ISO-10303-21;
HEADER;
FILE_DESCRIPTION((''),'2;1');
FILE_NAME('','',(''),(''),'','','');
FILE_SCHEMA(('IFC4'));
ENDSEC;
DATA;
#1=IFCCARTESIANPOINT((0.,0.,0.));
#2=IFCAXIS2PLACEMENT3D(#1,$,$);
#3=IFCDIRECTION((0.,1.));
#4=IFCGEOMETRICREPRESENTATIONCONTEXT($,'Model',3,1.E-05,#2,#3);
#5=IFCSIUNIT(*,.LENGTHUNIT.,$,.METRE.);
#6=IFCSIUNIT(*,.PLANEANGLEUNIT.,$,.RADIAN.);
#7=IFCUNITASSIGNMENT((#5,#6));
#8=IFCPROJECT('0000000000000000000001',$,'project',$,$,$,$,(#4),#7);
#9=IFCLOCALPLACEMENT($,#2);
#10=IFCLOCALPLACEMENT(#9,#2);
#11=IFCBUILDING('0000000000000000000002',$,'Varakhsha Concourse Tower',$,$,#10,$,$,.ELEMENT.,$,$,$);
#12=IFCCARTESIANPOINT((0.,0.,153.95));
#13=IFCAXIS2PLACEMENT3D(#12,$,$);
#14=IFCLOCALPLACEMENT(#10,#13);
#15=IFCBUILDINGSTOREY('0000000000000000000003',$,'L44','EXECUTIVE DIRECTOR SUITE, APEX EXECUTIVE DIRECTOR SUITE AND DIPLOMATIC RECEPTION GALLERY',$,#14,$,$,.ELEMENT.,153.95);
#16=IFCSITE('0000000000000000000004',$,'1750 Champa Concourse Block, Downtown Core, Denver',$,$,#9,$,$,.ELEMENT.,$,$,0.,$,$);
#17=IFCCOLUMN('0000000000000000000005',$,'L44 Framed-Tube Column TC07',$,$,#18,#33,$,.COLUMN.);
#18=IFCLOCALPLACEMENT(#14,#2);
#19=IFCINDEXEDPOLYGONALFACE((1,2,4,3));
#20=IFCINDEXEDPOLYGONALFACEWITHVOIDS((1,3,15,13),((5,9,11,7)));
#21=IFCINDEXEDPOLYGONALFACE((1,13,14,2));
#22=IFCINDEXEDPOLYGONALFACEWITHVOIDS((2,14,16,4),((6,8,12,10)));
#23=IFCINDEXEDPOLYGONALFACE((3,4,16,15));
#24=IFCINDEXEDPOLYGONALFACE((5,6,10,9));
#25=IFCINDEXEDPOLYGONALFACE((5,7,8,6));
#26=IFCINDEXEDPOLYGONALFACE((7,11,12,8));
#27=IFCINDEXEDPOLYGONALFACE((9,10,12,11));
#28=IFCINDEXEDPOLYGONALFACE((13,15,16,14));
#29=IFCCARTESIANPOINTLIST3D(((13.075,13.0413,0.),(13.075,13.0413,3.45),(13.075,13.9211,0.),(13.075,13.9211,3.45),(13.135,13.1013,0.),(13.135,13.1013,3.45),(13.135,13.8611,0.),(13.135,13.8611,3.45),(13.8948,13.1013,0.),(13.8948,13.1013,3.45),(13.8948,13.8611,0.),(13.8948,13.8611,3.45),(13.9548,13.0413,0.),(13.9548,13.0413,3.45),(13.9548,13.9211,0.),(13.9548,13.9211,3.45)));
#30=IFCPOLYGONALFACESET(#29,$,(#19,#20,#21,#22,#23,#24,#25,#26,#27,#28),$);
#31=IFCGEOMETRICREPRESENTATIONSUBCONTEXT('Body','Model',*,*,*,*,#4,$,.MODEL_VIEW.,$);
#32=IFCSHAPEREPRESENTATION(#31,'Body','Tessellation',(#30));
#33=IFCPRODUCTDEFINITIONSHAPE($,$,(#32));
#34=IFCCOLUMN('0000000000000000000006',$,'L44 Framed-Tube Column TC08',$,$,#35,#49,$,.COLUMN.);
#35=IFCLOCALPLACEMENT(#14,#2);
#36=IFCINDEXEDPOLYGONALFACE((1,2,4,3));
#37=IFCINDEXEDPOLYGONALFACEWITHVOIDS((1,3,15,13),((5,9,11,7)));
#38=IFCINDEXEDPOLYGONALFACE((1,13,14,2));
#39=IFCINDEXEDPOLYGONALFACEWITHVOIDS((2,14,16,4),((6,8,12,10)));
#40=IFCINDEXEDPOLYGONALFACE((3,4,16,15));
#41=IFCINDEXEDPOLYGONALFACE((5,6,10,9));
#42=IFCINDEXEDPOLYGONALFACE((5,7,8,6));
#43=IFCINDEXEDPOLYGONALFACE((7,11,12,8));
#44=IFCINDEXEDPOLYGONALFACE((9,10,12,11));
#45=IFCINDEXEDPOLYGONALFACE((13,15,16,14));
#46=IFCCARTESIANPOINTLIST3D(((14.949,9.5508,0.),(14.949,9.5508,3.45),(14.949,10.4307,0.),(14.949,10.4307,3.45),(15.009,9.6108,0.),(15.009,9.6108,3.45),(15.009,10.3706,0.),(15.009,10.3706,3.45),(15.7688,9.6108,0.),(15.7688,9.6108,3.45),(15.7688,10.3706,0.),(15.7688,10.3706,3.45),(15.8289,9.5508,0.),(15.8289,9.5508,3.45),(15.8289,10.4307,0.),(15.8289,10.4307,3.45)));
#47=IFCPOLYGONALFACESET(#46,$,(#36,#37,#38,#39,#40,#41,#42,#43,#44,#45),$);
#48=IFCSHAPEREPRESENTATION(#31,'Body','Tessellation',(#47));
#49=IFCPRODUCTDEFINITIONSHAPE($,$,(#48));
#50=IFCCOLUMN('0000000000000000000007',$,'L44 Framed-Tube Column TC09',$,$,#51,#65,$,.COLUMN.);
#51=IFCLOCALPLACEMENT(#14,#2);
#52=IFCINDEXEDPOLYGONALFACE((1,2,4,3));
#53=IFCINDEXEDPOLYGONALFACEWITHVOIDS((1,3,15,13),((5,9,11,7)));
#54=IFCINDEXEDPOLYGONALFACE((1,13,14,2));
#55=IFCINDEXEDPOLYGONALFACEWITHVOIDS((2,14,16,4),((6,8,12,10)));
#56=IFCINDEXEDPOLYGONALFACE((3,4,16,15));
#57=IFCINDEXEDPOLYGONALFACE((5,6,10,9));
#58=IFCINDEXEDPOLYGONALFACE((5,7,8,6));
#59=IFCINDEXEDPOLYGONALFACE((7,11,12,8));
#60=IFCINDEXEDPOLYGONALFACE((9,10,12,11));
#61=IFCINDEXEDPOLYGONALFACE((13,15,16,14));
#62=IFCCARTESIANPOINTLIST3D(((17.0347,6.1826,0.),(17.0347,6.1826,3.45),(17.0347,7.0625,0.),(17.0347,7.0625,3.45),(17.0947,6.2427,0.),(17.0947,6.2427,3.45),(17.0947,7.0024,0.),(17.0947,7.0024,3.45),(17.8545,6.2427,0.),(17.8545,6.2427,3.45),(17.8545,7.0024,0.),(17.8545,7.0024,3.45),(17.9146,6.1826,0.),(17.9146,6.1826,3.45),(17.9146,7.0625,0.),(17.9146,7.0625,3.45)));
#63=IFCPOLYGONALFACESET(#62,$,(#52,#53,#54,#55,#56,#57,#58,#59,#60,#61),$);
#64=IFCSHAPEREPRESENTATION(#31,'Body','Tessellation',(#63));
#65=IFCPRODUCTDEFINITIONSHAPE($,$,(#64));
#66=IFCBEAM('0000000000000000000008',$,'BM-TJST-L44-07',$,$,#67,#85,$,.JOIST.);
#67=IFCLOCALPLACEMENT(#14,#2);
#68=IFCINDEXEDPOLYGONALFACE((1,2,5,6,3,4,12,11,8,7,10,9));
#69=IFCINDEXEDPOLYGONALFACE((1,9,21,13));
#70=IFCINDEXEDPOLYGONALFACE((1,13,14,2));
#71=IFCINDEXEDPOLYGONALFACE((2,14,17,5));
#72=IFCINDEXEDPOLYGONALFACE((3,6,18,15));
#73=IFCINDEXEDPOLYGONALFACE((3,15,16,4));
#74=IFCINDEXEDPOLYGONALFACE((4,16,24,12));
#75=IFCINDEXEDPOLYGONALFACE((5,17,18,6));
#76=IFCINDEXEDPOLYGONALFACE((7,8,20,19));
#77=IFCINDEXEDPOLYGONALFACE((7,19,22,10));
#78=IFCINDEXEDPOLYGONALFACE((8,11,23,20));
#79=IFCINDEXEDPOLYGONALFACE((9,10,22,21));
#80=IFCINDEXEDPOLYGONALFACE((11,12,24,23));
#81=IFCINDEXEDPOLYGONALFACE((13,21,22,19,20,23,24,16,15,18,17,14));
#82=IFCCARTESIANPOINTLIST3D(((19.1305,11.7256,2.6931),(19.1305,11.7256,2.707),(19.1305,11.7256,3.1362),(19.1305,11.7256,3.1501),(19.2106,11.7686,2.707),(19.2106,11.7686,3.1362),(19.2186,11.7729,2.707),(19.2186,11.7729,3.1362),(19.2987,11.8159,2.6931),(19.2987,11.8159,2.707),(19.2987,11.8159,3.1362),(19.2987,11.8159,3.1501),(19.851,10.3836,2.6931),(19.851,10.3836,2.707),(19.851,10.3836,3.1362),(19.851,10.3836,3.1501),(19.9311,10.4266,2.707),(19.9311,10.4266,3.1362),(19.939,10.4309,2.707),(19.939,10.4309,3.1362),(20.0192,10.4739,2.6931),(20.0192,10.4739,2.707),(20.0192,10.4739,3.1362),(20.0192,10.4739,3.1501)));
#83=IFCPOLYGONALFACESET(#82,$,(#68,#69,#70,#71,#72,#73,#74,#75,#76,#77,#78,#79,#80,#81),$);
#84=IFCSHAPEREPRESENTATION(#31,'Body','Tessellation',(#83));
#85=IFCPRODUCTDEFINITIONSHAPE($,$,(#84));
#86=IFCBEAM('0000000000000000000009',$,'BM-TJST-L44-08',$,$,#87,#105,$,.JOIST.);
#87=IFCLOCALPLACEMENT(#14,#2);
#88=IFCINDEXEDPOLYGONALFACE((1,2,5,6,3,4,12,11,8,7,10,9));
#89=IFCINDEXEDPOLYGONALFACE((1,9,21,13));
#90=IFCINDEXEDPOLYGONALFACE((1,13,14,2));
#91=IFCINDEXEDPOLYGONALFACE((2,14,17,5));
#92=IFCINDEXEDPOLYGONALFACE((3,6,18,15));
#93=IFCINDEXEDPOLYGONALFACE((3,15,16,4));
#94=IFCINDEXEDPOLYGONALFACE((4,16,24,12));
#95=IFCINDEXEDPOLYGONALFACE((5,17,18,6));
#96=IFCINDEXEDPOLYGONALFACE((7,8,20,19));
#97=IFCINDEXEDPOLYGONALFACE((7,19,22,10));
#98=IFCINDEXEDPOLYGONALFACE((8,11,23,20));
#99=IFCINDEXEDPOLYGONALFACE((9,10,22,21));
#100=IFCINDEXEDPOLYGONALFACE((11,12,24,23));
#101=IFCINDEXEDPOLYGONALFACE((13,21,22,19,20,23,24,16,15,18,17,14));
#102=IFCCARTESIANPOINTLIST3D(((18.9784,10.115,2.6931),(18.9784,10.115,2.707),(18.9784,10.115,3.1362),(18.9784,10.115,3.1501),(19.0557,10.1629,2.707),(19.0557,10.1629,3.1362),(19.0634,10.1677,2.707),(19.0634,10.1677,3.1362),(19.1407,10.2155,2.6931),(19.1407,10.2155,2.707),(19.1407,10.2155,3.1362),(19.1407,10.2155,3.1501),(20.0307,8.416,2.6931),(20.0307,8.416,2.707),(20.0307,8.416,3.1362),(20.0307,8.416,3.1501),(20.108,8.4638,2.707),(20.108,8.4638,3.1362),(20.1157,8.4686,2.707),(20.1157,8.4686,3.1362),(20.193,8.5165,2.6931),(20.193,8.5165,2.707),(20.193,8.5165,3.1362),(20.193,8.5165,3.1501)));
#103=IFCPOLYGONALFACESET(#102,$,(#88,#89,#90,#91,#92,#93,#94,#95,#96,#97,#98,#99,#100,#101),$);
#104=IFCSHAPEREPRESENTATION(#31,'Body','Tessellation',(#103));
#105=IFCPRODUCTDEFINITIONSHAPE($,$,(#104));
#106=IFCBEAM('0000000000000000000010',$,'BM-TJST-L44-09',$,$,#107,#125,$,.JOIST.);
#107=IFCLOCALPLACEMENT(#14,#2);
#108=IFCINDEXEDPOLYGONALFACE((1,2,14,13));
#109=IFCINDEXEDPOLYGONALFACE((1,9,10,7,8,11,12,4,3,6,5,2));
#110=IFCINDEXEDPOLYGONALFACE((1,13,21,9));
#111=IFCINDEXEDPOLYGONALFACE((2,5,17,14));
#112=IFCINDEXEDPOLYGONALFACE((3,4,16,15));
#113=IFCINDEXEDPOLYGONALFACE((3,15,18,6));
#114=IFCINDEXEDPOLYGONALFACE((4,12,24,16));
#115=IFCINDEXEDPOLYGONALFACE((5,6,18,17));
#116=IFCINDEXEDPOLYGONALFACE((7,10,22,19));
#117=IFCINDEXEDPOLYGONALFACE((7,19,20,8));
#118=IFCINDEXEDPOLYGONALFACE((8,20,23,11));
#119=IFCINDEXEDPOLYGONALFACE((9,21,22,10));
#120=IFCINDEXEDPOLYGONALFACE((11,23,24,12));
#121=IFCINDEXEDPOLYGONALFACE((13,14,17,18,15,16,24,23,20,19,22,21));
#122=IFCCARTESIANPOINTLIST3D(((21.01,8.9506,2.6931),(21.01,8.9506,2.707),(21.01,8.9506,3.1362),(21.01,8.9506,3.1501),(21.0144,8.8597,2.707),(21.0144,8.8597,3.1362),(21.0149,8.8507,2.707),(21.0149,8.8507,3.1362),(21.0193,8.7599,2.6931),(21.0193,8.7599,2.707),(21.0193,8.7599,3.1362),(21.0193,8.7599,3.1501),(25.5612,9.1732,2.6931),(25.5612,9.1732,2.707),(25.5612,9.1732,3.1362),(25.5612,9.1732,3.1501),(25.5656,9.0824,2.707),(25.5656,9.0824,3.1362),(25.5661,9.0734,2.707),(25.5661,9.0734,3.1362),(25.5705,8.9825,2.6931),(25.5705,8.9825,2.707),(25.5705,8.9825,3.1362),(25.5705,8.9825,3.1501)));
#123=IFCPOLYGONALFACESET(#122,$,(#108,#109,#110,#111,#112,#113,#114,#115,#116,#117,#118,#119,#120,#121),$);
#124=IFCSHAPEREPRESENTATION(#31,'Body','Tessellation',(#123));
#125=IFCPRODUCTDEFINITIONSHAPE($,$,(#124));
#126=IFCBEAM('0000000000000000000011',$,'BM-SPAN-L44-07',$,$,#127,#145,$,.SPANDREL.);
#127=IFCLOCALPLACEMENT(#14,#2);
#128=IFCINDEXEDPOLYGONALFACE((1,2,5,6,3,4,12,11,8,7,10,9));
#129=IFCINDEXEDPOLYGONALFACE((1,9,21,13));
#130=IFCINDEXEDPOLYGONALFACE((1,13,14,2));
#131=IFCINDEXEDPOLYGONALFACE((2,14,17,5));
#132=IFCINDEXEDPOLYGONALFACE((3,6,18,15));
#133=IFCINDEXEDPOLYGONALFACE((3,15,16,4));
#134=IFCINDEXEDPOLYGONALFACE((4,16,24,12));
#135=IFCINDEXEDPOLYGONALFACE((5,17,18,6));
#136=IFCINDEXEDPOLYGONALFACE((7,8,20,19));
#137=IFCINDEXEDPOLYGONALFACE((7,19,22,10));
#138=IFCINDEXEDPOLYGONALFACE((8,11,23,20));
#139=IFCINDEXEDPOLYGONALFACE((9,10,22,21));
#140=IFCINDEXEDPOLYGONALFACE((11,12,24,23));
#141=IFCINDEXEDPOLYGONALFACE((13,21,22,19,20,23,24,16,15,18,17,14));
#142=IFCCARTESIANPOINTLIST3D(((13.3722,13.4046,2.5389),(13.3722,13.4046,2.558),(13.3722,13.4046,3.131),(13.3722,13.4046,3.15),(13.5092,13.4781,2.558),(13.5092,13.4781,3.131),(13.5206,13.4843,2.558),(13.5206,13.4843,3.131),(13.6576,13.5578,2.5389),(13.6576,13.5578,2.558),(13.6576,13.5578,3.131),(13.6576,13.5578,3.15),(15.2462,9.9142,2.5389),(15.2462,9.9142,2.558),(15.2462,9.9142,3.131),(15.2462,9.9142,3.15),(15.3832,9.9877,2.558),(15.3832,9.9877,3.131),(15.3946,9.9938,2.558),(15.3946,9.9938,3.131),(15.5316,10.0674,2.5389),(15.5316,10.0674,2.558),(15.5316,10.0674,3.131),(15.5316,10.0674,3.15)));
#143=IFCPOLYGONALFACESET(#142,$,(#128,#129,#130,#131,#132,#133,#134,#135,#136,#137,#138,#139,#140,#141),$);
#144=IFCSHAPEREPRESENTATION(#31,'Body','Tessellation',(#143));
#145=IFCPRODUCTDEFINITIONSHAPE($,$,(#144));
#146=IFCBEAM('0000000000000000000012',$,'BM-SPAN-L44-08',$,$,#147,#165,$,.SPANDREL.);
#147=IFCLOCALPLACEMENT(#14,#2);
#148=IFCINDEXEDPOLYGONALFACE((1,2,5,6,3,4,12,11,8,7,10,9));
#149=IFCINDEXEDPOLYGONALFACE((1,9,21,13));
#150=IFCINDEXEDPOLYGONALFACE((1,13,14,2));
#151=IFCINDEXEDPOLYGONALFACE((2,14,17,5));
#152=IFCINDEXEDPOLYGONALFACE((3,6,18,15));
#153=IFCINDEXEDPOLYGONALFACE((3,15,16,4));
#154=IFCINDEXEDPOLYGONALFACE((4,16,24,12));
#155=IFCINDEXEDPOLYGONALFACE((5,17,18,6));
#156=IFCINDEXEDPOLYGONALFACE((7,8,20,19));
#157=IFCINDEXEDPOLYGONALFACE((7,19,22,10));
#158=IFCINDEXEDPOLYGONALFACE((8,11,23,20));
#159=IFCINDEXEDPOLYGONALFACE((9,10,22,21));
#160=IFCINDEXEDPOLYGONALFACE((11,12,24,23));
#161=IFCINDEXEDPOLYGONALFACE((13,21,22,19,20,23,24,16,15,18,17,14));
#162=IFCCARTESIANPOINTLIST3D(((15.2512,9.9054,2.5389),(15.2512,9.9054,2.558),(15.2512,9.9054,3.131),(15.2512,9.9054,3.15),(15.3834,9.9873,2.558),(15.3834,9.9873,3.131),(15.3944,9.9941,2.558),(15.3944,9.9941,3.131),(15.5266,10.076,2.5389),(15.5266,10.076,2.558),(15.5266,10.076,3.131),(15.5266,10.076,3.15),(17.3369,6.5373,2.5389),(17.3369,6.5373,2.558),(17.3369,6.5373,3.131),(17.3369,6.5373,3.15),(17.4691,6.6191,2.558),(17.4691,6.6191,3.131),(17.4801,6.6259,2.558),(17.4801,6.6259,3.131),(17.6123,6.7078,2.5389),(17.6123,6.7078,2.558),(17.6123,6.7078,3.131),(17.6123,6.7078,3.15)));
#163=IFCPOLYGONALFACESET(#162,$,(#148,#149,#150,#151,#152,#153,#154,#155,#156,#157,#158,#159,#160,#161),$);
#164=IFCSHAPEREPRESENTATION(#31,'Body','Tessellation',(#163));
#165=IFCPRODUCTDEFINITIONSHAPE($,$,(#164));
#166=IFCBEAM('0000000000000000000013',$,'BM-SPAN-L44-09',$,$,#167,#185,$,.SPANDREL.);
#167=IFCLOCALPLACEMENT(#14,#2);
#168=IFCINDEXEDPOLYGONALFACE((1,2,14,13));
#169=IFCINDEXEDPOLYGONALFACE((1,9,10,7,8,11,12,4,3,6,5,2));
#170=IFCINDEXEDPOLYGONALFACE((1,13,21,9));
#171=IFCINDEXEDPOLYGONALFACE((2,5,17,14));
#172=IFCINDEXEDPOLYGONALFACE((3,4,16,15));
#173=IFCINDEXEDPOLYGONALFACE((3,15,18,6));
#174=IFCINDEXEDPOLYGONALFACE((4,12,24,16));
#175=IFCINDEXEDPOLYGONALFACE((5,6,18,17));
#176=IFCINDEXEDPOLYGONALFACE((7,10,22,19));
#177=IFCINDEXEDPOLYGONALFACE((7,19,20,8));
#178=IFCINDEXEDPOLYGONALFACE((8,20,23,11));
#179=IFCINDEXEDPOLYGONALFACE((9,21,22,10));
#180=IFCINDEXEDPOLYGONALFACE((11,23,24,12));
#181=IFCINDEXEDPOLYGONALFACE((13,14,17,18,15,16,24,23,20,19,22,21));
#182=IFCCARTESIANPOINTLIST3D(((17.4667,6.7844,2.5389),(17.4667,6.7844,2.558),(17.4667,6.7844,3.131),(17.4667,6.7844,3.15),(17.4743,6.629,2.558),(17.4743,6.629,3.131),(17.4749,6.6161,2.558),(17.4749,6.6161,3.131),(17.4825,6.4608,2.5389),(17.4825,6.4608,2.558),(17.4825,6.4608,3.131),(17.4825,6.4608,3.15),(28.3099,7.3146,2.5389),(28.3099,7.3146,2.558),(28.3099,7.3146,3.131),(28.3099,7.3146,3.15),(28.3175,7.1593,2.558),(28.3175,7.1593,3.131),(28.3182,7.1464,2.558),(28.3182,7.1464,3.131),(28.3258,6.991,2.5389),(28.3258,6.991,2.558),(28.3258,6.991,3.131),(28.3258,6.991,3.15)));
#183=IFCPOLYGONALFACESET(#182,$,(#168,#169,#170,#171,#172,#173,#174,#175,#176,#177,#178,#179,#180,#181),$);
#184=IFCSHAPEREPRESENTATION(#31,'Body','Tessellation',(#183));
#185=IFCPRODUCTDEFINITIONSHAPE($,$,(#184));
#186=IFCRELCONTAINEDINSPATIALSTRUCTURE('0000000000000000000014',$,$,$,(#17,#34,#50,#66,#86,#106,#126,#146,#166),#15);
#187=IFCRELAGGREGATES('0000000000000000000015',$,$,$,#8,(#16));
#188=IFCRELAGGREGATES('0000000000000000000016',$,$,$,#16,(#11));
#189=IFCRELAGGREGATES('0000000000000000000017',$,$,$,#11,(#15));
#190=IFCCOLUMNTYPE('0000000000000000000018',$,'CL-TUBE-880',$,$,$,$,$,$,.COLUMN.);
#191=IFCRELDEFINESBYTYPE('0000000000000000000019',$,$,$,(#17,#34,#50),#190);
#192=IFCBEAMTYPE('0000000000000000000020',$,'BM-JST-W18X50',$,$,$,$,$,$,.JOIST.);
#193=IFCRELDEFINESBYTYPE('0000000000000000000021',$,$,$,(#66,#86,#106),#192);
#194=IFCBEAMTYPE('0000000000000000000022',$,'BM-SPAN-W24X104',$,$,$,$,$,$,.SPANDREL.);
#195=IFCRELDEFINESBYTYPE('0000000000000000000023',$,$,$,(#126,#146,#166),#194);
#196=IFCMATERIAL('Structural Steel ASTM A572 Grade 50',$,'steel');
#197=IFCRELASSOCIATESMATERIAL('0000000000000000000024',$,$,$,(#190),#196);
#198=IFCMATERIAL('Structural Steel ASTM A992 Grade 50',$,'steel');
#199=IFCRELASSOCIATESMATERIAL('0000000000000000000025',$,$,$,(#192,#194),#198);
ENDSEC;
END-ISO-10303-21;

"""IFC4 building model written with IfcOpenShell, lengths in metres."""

from ifc_helpers import new_model, si_unit, direction, frame, origin, origin_2d, place, context, subcontext, project, spatial, hollow_rectangle, i_section, extrude, material, material_profile, profile_set, type_object, element, save


model = new_model("IFC4")

# Units and contexts
model_context = context("Model", 3, precision=1e-05, world=origin(), true_north=direction((0.0, 1.0)))
body_context = subcontext(model_context, "Body", "Model", "MODEL_VIEW")
ifc_project = project(units=[si_unit("LENGTHUNIT", "METRE"), si_unit("PLANEANGLEUNIT", "RADIAN")], contexts=[model_context])

# Site, building, storey
site_placement = place(None, origin())
site = spatial("IfcSite", under=ifc_project, at=site_placement, Name="1750 Champa Concourse Block, Downtown Core, Denver", CompositionType="ELEMENT", RefElevation=0.0)
building_placement = place(site_placement, origin())
building = spatial("IfcBuilding", under=site, at=building_placement, Name="Varakhsha Concourse Tower", CompositionType="ELEMENT")
storey_placement = place(building_placement, frame((0.0, 0.0, 153.95)))
storey = spatial("IfcBuildingStorey", under=building, at=storey_placement, Name="L44", Description="EXECUTIVE DIRECTOR SUITE, APEX EXECUTIVE DIRECTOR SUITE AND DIPLOMATIC RECEPTION GALLERY", CompositionType="ELEMENT", Elevation=153.95)

# Columns
ifc_material_1 = material(Name="Structural Steel ASTM A572 Grade 50", Category="steel")
ifc_material_profile_1 = material_profile(ifc_material_1, hollow_rectangle(XDim=0.8799, YDim=0.8799, WallThickness=0.0601, at=origin_2d()), Name="BOX 880x880x60")
ifc_profile_set_1 = profile_set([ifc_material_profile_1], Name="Structural Steel ASTM A572 Grade 50")
column_type = type_object("IfcColumnType", Name="CL-TUBE-880", PredefinedType="COLUMN", material=ifc_profile_set_1)
for number, where, z_axis, x_axis, name in (
    (1, (13.5149, 13.4812, 0.0), (0.0, 0.0, 1.0), (1.0, 0.0, 0.0), "L44 Framed-Tube Column TC07"),
    (2, (15.3889, 9.9907, 0.0), (0.0, 0.0, 1.0), (1.0, 0.0, 0.0), "L44 Framed-Tube Column TC08"),
    (3, (17.4746, 6.6226, 0.0), (0.0, 0.0, 1.0), (1.0, 0.0, 0.0), "L44 Framed-Tube Column TC09"),
):
    element("IfcColumn", number, at=place(storey_placement, frame(where, z_axis=z_axis, x_axis=x_axis)), inside=storey, type_object=column_type, Name=name, PredefinedType="COLUMN", context=body_context, shape_type="SweptSolid", body=[
        extrude(hollow_rectangle(XDim=0.8799, YDim=0.8799, WallThickness=0.0601, at=origin_2d()), origin(), (0.0, 0.0, 1.0), 3.45),
    ])

# Beams
ifc_material_2 = material(Name="Structural Steel ASTM A992 Grade 50", Category="steel")
ifc_material_profile_2 = material_profile(ifc_material_2, i_section(OverallWidth=0.1909, OverallDepth=0.457, WebThickness=0.009, FlangeThickness=0.0139, at=origin_2d()), Name="W18X50")
ifc_profile_set_2 = profile_set([ifc_material_profile_2], Name="Structural Steel ASTM A992 Grade 50")
beam_type_1 = type_object("IfcBeamType", Name="BM-JST-W18X50", PredefinedType="JOIST", material=ifc_profile_set_2)
beam_1_placement = place(storey_placement, frame((19.2146, 11.7708, 2.9216), z_axis=(0.472991, -0.881067, 0.0), x_axis=(0.881067, 0.472991, 0.0)))
element("IfcBeam", 4, at=beam_1_placement, inside=storey, type_object=beam_type_1, Name="BM-TJST-L44-07", PredefinedType="JOIST", context=body_context, shape_type="SweptSolid", body=[
    extrude(i_section(OverallWidth=0.1909, OverallDepth=0.457, WebThickness=0.009, FlangeThickness=0.0139, at=origin_2d()), origin(), (0.0, 0.0, 1.0), 1.5232),
])
beam_2_placement = place(storey_placement, frame((19.0596, 10.1653, 2.9216), z_axis=(0.526535, -0.850153, 0.0), x_axis=(0.850153, 0.526535, 0.0)))
element("IfcBeam", 5, at=beam_2_placement, inside=storey, type_object=beam_type_1, Name="BM-TJST-L44-08", PredefinedType="JOIST", context=body_context, shape_type="SweptSolid", body=[
    extrude(i_section(OverallWidth=0.1909, OverallDepth=0.457, WebThickness=0.009, FlangeThickness=0.0139, at=origin_2d()), origin(), (0.0, 0.0, 1.0), 1.9985),
])
beam_3_placement = place(storey_placement, frame((21.0146, 8.8552, 2.9216), z_axis=(0.998805, 0.048863, 0.0), x_axis=(-0.048863, 0.998805, 0.0)))
element("IfcBeam", 6, at=beam_3_placement, inside=storey, type_object=beam_type_1, Name="BM-TJST-L44-09", PredefinedType="JOIST", context=body_context, shape_type="SweptSolid", body=[
    extrude(i_section(OverallWidth=0.1909, OverallDepth=0.457, WebThickness=0.009, FlangeThickness=0.0139, at=origin_2d()), origin(), (0.0, 0.0, 1.0), 4.5566),
])
ifc_material_profile_3 = material_profile(ifc_material_2, i_section(OverallWidth=0.324, OverallDepth=0.6111, WebThickness=0.0129, FlangeThickness=0.019, at=origin_2d()), Name="W24X104")
ifc_profile_set_3 = profile_set([ifc_material_profile_3], Name="Structural Steel ASTM A992 Grade 50")
beam_type_2 = type_object("IfcBeamType", Name="BM-SPAN-W24X104", PredefinedType="SPANDREL", material=ifc_profile_set_3)
for number, where, z_axis, x_axis, name in (
    (7, (13.5149, 13.4812, 2.8445), (0.47303, -0.881046, 0.0), (0.881046, 0.47303, 0.0), "BM-SPAN-L44-07"),
    (8, (15.3889, 9.9907, 2.8445), (0.526471, -0.850193, 0.0), (0.850193, 0.526471, 0.0), "BM-SPAN-L44-08"),
):
    element("IfcBeam", number, at=place(storey_placement, frame(where, z_axis=z_axis, x_axis=x_axis)), inside=storey, type_object=beam_type_2, Name=name, PredefinedType="SPANDREL", context=body_context, shape_type="SweptSolid", body=[
        extrude(i_section(OverallWidth=0.324, OverallDepth=0.6111, WebThickness=0.0129, FlangeThickness=0.019, at=origin_2d()), origin(), (0.0, 0.0, 1.0), 3.9617),
    ])
beam_4_placement = place(storey_placement, frame((17.4746, 6.6226, 2.8445), z_axis=(0.998806, 0.048845, 0.0), x_axis=(-0.048845, 0.998806, 0.0)))
element("IfcBeam", 9, at=beam_4_placement, inside=storey, type_object=beam_type_2, Name="BM-SPAN-L44-09", PredefinedType="SPANDREL", context=body_context, shape_type="SweptSolid", body=[
    extrude(i_section(OverallWidth=0.324, OverallDepth=0.6111, WebThickness=0.0129, FlangeThickness=0.019, at=origin_2d()), origin(), (0.0, 0.0, 1.0), 10.8562),
])

save(model, "model.ifc")
